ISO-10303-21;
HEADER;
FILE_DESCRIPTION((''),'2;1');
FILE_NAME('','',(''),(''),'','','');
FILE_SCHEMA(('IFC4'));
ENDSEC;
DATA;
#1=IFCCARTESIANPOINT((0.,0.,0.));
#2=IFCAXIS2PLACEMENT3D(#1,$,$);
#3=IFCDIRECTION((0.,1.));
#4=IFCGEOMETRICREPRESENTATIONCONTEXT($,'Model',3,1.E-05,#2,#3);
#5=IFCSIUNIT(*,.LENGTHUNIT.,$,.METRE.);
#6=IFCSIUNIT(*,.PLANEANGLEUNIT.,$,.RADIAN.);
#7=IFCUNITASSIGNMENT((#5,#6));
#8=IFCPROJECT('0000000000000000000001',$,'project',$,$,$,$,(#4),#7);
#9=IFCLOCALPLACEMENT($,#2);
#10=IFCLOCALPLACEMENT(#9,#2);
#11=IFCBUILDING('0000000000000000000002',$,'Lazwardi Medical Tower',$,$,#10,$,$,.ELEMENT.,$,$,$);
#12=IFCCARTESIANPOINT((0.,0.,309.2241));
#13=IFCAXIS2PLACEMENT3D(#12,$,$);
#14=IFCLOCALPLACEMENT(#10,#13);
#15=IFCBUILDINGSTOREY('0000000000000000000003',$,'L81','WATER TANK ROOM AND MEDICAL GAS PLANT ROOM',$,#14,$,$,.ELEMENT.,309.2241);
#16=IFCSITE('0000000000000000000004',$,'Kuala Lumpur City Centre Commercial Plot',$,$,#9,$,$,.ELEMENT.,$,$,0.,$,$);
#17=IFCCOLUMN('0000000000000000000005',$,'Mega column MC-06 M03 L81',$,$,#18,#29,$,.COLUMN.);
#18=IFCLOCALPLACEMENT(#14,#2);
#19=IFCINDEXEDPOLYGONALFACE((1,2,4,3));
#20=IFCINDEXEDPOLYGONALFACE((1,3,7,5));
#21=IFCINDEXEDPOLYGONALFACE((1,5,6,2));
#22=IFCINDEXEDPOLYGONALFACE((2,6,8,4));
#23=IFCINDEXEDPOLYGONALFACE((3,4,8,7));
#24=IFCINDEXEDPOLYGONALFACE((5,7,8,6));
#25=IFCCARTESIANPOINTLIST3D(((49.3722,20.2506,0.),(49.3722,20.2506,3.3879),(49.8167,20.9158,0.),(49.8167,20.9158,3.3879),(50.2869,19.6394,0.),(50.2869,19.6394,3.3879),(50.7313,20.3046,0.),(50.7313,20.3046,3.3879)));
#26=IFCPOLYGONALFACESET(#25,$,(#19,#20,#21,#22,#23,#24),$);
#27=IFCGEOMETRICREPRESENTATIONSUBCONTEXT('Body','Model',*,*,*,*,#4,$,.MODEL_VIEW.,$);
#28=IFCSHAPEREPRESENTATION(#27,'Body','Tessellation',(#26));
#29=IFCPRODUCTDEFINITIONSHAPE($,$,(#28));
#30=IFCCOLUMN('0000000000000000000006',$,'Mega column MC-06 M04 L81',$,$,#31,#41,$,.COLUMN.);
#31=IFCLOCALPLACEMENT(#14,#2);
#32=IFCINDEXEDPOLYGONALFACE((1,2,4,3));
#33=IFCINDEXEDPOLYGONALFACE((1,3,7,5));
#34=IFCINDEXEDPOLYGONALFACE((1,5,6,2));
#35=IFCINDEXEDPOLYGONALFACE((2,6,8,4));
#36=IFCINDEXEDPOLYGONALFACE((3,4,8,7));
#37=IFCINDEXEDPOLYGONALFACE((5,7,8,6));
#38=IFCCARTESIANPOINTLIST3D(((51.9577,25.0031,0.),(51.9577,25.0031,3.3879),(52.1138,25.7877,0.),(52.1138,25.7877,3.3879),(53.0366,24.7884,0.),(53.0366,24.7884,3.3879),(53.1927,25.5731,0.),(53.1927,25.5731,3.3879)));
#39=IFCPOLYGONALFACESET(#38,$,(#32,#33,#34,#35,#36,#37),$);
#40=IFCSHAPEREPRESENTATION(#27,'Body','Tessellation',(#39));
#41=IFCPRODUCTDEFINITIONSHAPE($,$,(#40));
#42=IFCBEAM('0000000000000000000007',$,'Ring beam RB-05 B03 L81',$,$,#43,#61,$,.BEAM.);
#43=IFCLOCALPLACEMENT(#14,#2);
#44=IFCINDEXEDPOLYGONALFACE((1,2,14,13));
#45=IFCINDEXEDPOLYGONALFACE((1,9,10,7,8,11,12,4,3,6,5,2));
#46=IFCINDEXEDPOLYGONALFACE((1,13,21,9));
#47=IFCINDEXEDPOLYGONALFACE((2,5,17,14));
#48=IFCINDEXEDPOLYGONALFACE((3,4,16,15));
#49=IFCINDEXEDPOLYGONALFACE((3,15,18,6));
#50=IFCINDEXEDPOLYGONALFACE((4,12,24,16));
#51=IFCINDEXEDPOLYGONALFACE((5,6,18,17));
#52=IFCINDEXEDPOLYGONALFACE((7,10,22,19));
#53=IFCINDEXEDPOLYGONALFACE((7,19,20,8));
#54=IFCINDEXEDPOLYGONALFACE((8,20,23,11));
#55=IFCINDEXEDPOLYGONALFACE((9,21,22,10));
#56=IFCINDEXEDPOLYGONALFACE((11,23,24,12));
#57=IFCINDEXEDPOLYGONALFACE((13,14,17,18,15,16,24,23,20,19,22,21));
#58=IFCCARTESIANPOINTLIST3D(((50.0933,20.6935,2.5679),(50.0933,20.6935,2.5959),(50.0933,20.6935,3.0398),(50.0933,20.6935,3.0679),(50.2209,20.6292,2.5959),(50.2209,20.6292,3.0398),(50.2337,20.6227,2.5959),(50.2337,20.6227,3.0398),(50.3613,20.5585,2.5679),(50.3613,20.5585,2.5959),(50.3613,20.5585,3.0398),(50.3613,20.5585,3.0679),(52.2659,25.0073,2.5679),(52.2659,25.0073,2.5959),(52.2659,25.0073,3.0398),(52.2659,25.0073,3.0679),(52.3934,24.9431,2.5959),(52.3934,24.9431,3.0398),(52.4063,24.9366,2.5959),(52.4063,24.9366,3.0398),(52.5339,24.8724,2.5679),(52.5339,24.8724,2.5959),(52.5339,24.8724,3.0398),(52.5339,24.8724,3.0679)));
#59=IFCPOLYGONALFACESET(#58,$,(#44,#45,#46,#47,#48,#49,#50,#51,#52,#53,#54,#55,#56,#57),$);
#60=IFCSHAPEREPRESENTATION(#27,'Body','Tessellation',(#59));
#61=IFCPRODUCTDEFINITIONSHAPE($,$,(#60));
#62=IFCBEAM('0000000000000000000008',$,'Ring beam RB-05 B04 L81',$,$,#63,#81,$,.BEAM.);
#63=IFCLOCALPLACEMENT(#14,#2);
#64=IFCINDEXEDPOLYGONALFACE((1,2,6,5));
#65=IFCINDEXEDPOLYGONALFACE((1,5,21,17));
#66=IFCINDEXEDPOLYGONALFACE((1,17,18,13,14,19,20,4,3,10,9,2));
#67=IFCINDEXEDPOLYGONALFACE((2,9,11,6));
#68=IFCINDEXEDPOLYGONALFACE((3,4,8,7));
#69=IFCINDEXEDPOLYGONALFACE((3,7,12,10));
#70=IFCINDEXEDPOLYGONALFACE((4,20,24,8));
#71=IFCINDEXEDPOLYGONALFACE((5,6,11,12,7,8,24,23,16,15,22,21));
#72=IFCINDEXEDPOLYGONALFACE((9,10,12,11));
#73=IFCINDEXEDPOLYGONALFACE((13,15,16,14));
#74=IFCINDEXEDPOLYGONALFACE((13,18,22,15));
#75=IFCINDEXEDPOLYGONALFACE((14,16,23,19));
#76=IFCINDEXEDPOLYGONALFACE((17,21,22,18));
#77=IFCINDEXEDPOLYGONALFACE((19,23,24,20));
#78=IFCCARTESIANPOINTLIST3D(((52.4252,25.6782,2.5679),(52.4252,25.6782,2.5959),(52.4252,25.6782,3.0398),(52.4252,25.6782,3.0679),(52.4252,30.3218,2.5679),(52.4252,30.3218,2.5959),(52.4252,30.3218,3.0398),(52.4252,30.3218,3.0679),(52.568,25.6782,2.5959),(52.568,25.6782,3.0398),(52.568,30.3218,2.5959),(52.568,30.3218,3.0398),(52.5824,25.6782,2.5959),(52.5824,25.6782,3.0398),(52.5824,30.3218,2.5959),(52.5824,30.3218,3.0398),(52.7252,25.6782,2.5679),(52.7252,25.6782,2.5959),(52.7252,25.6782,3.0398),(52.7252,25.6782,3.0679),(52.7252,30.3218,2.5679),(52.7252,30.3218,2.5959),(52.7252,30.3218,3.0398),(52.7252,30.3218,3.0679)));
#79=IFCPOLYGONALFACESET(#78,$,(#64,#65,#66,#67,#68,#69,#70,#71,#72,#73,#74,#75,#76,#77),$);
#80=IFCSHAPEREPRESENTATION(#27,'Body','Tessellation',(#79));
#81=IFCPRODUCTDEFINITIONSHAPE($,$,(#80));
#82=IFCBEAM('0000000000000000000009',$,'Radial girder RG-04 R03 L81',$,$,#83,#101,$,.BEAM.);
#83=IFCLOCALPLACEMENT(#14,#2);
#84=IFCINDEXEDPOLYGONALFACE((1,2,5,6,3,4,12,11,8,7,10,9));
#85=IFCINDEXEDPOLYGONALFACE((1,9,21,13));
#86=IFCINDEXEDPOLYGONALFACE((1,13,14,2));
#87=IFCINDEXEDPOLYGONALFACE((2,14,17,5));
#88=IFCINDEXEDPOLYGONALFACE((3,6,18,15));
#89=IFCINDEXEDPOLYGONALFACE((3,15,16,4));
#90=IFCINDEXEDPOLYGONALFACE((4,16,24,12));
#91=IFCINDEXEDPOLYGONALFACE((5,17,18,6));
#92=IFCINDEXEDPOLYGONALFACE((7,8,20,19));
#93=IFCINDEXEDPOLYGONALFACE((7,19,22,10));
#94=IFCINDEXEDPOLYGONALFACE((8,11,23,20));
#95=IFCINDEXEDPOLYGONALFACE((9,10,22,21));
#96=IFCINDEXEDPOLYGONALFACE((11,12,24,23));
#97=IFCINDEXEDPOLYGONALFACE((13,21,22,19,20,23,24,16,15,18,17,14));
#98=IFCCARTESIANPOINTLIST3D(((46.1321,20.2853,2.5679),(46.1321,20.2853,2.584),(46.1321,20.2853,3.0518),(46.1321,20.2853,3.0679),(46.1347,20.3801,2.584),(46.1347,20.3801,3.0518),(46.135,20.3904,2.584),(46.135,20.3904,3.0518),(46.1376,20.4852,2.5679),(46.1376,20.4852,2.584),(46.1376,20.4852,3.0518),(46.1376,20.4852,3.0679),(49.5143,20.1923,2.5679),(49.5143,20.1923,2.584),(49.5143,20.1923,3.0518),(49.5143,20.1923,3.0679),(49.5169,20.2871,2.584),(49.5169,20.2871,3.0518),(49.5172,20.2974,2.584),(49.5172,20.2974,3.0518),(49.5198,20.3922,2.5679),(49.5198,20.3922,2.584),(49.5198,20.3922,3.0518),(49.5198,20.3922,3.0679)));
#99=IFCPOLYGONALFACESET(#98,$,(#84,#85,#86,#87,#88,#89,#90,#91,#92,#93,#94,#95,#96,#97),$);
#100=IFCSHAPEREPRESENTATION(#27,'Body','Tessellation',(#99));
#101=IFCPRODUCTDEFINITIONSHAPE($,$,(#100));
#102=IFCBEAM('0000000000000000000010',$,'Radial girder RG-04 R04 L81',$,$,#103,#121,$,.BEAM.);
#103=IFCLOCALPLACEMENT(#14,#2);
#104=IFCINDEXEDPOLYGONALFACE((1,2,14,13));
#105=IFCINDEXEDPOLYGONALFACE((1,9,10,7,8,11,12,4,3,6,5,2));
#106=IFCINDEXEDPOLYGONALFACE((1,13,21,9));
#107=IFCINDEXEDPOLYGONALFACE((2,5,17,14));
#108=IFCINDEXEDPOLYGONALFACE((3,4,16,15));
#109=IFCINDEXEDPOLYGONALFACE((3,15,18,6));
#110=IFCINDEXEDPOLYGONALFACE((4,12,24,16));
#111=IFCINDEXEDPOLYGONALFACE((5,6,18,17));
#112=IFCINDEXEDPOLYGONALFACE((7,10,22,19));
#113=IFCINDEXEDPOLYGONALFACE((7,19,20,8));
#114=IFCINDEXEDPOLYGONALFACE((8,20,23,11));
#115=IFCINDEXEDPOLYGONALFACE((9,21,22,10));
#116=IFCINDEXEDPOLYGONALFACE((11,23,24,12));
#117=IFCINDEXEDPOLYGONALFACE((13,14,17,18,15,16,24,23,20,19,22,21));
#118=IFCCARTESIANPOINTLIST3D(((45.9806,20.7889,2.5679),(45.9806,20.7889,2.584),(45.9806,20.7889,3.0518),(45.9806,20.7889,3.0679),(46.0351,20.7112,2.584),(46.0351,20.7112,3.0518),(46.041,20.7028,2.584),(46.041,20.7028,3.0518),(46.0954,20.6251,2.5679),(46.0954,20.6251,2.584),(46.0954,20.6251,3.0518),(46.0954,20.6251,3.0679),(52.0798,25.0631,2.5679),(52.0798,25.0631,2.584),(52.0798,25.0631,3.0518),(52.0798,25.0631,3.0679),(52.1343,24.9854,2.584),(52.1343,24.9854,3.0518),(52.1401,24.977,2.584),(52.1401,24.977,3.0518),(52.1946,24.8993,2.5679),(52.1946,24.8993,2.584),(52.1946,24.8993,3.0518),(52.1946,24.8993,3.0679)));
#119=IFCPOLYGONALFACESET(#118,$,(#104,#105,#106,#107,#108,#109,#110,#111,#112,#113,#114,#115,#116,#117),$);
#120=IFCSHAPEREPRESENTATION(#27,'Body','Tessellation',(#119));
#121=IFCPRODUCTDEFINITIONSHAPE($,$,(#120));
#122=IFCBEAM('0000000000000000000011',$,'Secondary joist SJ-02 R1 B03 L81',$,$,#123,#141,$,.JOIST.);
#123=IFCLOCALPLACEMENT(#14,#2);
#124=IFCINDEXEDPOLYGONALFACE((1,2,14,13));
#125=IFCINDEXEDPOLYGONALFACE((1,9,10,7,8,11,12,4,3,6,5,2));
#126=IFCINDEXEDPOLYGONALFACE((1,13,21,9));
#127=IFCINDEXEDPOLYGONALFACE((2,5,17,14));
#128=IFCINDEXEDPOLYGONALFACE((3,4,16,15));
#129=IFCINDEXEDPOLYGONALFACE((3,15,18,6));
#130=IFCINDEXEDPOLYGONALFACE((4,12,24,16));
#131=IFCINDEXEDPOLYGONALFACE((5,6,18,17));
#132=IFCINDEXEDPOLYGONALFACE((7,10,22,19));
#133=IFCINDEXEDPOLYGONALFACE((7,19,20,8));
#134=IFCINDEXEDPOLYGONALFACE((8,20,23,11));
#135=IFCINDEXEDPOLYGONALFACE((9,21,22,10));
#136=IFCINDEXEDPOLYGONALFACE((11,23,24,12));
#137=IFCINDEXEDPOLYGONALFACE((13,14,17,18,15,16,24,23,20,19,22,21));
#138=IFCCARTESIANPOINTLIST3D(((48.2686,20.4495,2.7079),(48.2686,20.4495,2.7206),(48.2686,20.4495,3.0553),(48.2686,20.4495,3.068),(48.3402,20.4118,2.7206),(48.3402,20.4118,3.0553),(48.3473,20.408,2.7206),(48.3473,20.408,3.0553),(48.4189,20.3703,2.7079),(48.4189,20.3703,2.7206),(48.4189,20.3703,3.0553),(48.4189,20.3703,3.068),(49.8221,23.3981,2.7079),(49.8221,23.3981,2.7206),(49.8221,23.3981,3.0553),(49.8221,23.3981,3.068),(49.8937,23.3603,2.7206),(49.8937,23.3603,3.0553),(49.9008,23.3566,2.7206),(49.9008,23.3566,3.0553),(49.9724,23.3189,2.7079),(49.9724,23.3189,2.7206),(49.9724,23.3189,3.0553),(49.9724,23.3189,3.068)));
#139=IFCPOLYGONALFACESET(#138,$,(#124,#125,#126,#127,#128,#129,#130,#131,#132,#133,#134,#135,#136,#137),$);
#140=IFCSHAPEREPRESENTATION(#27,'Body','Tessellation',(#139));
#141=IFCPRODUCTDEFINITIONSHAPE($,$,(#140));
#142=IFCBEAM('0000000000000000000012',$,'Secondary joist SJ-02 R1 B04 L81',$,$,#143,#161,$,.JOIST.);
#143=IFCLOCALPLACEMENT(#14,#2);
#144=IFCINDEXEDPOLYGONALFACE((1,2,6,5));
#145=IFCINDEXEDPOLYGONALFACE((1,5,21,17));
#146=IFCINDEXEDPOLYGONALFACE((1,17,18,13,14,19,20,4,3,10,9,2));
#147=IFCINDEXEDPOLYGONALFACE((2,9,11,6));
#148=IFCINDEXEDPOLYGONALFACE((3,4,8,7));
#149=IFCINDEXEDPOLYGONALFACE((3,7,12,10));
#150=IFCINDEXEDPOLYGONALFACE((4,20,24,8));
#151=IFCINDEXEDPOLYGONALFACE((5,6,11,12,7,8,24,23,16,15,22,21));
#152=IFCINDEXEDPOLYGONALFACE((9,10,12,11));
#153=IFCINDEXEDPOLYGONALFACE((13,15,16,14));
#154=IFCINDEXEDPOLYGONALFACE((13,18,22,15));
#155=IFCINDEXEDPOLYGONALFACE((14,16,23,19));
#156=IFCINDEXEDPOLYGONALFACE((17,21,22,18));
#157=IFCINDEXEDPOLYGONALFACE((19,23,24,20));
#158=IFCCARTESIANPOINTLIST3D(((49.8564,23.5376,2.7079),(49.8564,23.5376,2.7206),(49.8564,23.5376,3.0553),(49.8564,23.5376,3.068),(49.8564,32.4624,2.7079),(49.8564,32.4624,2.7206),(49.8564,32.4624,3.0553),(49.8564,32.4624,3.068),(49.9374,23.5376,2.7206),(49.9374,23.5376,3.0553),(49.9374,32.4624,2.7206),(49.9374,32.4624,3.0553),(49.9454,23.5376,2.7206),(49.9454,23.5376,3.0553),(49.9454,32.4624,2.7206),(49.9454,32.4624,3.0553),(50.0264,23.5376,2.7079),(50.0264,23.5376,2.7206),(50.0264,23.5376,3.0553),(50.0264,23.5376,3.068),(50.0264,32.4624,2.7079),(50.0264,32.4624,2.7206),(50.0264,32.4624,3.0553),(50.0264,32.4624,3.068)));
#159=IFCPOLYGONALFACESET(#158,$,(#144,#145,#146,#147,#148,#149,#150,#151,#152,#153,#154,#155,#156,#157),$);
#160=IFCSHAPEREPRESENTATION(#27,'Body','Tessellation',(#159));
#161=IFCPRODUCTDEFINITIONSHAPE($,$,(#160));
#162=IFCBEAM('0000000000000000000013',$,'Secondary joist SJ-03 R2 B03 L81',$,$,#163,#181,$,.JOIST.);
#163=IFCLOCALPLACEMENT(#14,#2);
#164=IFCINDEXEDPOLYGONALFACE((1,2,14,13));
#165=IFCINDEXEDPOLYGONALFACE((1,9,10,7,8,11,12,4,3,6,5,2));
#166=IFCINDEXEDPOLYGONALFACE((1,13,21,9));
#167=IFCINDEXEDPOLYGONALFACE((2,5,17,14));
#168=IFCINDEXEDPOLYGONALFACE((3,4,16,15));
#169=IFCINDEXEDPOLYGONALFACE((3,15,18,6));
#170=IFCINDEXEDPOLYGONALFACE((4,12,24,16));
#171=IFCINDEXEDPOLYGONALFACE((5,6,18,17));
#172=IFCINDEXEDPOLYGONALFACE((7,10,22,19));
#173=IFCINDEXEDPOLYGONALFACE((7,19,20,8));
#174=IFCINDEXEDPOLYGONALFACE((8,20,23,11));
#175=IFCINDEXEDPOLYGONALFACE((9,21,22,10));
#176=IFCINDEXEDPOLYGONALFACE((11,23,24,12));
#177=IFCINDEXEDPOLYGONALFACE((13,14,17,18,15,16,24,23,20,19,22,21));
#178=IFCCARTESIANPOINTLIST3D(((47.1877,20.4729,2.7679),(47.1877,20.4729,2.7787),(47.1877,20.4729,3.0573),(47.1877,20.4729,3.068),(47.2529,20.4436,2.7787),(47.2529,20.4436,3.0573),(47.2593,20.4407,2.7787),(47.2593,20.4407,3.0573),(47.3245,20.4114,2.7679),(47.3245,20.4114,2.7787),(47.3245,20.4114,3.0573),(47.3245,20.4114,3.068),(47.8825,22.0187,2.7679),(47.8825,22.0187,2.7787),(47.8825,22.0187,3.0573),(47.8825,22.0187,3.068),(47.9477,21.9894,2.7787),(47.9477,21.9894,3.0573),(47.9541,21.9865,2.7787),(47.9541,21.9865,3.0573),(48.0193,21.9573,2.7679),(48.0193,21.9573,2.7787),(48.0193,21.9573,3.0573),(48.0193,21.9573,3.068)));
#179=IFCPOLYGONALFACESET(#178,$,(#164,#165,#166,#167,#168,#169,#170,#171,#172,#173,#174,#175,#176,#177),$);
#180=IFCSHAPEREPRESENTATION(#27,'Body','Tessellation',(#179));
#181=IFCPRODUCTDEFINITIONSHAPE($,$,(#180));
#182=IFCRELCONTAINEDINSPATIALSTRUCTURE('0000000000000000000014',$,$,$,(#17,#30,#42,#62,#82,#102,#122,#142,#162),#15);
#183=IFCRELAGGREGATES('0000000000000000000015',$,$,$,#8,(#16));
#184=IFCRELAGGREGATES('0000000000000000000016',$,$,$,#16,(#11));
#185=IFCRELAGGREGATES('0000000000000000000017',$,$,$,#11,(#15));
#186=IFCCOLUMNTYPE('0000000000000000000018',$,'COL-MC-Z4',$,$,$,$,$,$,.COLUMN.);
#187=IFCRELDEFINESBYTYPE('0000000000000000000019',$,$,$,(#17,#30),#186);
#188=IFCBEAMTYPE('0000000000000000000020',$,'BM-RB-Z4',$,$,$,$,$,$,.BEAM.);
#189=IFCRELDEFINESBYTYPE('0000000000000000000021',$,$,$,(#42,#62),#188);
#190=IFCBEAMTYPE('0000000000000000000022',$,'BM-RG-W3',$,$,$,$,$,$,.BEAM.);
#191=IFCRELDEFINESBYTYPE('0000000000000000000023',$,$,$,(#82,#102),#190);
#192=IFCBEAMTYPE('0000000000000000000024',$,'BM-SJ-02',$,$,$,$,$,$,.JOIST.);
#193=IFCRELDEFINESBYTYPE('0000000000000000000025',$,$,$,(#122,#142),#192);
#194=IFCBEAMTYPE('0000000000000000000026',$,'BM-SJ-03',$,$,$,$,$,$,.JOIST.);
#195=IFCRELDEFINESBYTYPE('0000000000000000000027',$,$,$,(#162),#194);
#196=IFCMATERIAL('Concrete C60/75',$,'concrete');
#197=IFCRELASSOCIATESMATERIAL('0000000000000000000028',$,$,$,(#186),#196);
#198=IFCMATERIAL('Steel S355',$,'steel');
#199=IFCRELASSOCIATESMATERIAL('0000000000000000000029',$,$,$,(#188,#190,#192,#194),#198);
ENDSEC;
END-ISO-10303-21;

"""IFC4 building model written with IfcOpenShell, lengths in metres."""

from ifc_helpers import new_model, si_unit, direction, frame, origin, origin_2d, place, context, subcontext, project, spatial, rectangle, i_section, extrude, material, material_profile, profile_set, type_object, element, save


model = new_model("IFC4")

# Units and contexts
model_context = context("Model", 3, precision=1e-05, world=origin(), true_north=direction((0.0, 1.0)))
body_context = subcontext(model_context, "Body", "Model", "MODEL_VIEW")
ifc_project = project(units=[si_unit("LENGTHUNIT", "METRE"), si_unit("PLANEANGLEUNIT", "RADIAN")], contexts=[model_context])

# Site, building, storey
site_placement = place(None, origin())
site = spatial("IfcSite", under=ifc_project, at=site_placement, Name="Kuala Lumpur City Centre Commercial Plot", CompositionType="ELEMENT", RefElevation=0.0)
building_placement = place(site_placement, origin())
building = spatial("IfcBuilding", under=site, at=building_placement, Name="Lazwardi Medical Tower", CompositionType="ELEMENT")
storey_placement = place(building_placement, frame((0.0, 0.0, 309.2241)))
storey = spatial("IfcBuildingStorey", under=building, at=storey_placement, Name="L81", Description="WATER TANK ROOM AND MEDICAL GAS PLANT ROOM", CompositionType="ELEMENT", Elevation=309.2241)

# Columns
ifc_material_1 = material(Name="Concrete C60/75", Category="concrete")
ifc_material_profile_1 = material_profile(ifc_material_1, rectangle(XDim=1.1001, YDim=0.8, at=origin_2d()), Name="CFT-RECT 1100x800")
ifc_profile_set_1 = profile_set([ifc_material_profile_1], Name="Concrete C60/75")
column_type = type_object("IfcColumnType", Name="COL-MC-Z4", PredefinedType="COLUMN", material=ifc_profile_set_1)
for number, where, z_axis, x_axis, name in (
    (1, (50.0518, 20.2776, 0.0), (0.0, 0.0, 1.0), (0.83147, -0.55557, 0.0), "Mega column MC-06 M03 L81"),
    (2, (52.5752, 25.2881, 0.0), (0.0, 0.0, 1.0), (0.980785, -0.19509, 0.0), "Mega column MC-06 M04 L81"),
):
    element("IfcColumn", number, at=place(storey_placement, frame(where, z_axis=z_axis, x_axis=x_axis)), inside=storey, type_object=column_type, Name=name, PredefinedType="COLUMN", context=body_context, shape_type="SweptSolid", body=[
        extrude(rectangle(XDim=1.1001, YDim=0.8, at=origin_2d()), origin(), (0.0, 0.0, 1.0), 3.3879),
    ])

# Beams
ifc_material_2 = material(Name="Steel S355", Category="steel")
ifc_material_profile_2 = material_profile(ifc_material_2, i_section(OverallWidth=0.3, OverallDepth=0.5, WebThickness=0.0144, FlangeThickness=0.0281, at=origin_2d()), Name="HEB 500")
ifc_profile_set_2 = profile_set([ifc_material_profile_2], Name="Steel S355")
beam_type_1 = type_object("IfcBeamType", Name="BM-RB-Z4", PredefinedType="BEAM", material=ifc_profile_set_2)
beam_1_placement = place(storey_placement, frame((50.2273, 20.626, 2.8179), z_axis=(0.4498, 0.893129, 0.0), x_axis=(-0.893129, 0.4498, 0.0)))
element("IfcBeam", 3, at=beam_1_placement, inside=storey, type_object=beam_type_1, Name="Ring beam RB-05 B03 L81", PredefinedType="BEAM", context=body_context, shape_type="SweptSolid", body=[
    extrude(i_section(OverallWidth=0.3, OverallDepth=0.5, WebThickness=0.0144, FlangeThickness=0.0281, at=origin_2d()), origin(), (0.0, 0.0, 1.0), 4.8301),
])
beam_2_placement = place(storey_placement, frame((52.5752, 25.6782, 2.8179), z_axis=(0.0, 1.0, 0.0), x_axis=(-1.0, 0.0, 0.0)))
element("IfcBeam", 4, at=beam_2_placement, inside=storey, type_object=beam_type_1, Name="Ring beam RB-05 B04 L81", PredefinedType="BEAM", context=body_context, shape_type="SweptSolid", body=[
    extrude(i_section(OverallWidth=0.3, OverallDepth=0.5, WebThickness=0.0144, FlangeThickness=0.0281, at=origin_2d()), origin(), (0.0, 0.0, 1.0), 4.6436),
])
ifc_material_profile_3 = material_profile(ifc_material_2, i_section(OverallWidth=0.2, OverallDepth=0.5, WebThickness=0.0103, FlangeThickness=0.0161, at=origin_2d()), Name="IPE 500")
ifc_profile_set_3 = profile_set([ifc_material_profile_3], Name="Steel S355")
beam_type_2 = type_object("IfcBeamType", Name="BM-RG-W3", PredefinedType="BEAM", material=ifc_profile_set_3)
beam_3_placement = place(storey_placement, frame((49.5171, 20.2922, 2.8179), z_axis=(-0.999622, 0.027491, 0.0), x_axis=(-0.027491, -0.999622, 0.0)))
element("IfcBeam", 5, at=beam_3_placement, inside=storey, type_object=beam_type_2, Name="Radial girder RG-04 R03 L81", PredefinedType="BEAM", context=body_context, shape_type="SweptSolid", body=[
    extrude(i_section(OverallWidth=0.2, OverallDepth=0.5, WebThickness=0.0103, FlangeThickness=0.0161, at=origin_2d()), origin(), (0.0, 0.0, 1.0), 3.3835),
])
beam_4_placement = place(storey_placement, frame((52.1372, 24.9812, 2.8179), z_axis=(-0.81893, -0.573893, 0.0), x_axis=(0.573893, -0.81893, 0.0)))
element("IfcBeam", 6, at=beam_4_placement, inside=storey, type_object=beam_type_2, Name="Radial girder RG-04 R04 L81", PredefinedType="BEAM", context=body_context, shape_type="SweptSolid", body=[
    extrude(i_section(OverallWidth=0.2, OverallDepth=0.5, WebThickness=0.0103, FlangeThickness=0.0161, at=origin_2d()), origin(), (0.0, 0.0, 1.0), 7.4478),
])
ifc_material_profile_4 = material_profile(ifc_material_2, i_section(OverallWidth=0.1699, OverallDepth=0.3601, WebThickness=0.0081, FlangeThickness=0.0127, at=origin_2d()), Name="IPE 360")
ifc_profile_set_4 = profile_set([ifc_material_profile_4], Name="Steel S355")
beam_type_3 = type_object("IfcBeamType", Name="BM-SJ-02", PredefinedType="JOIST", material=ifc_profile_set_4)
beam_5_placement = place(storey_placement, frame((48.3438, 20.4099, 2.8879), z_axis=(0.46613, 0.884716, 0.0), x_axis=(-0.884716, 0.46613, 0.0)))
element("IfcBeam", 7, at=beam_5_placement, inside=storey, type_object=beam_type_3, Name="Secondary joist SJ-02 R1 B03 L81", PredefinedType="JOIST", context=body_context, shape_type="SweptSolid", body=[
    extrude(i_section(OverallWidth=0.1699, OverallDepth=0.3601, WebThickness=0.0081, FlangeThickness=0.0127, at=origin_2d()), origin(), (0.0, 0.0, 1.0), 3.3328),
])
beam_6_placement = place(storey_placement, frame((49.9414, 23.5376, 2.8879), z_axis=(0.0, 1.0, 0.0), x_axis=(-1.0, 0.0, 0.0)))
element("IfcBeam", 8, at=beam_6_placement, inside=storey, type_object=beam_type_3, Name="Secondary joist SJ-02 R1 B04 L81", PredefinedType="JOIST", context=body_context, shape_type="SweptSolid", body=[
    extrude(i_section(OverallWidth=0.1699, OverallDepth=0.3601, WebThickness=0.0081, FlangeThickness=0.0127, at=origin_2d()), origin(), (0.0, 0.0, 1.0), 8.9248),
])
ifc_material_profile_5 = material_profile(ifc_material_2, i_section(OverallWidth=0.1499, OverallDepth=0.3, WebThickness=0.0071, FlangeThickness=0.0107, at=origin_2d()), Name="IPE 300")
ifc_profile_set_5 = profile_set([ifc_material_profile_5], Name="Steel S355")
beam_type_4 = type_object("IfcBeamType", Name="BM-SJ-03", PredefinedType="JOIST", material=ifc_profile_set_5)
beam_7_placement = place(storey_placement, frame((47.2561, 20.4421, 2.918), z_axis=(0.409957, 0.912105, 0.0), x_axis=(-0.912105, 0.409957, 0.0)))
element("IfcBeam", 9, at=beam_7_placement, inside=storey, type_object=beam_type_4, Name="Secondary joist SJ-03 R2 B03 L81", PredefinedType="JOIST", context=body_context, shape_type="SweptSolid", body=[
    extrude(i_section(OverallWidth=0.1499, OverallDepth=0.3, WebThickness=0.0071, FlangeThickness=0.0107, at=origin_2d()), origin(), (0.0, 0.0, 1.0), 1.6948),
])

save(model, "model.ifc")
